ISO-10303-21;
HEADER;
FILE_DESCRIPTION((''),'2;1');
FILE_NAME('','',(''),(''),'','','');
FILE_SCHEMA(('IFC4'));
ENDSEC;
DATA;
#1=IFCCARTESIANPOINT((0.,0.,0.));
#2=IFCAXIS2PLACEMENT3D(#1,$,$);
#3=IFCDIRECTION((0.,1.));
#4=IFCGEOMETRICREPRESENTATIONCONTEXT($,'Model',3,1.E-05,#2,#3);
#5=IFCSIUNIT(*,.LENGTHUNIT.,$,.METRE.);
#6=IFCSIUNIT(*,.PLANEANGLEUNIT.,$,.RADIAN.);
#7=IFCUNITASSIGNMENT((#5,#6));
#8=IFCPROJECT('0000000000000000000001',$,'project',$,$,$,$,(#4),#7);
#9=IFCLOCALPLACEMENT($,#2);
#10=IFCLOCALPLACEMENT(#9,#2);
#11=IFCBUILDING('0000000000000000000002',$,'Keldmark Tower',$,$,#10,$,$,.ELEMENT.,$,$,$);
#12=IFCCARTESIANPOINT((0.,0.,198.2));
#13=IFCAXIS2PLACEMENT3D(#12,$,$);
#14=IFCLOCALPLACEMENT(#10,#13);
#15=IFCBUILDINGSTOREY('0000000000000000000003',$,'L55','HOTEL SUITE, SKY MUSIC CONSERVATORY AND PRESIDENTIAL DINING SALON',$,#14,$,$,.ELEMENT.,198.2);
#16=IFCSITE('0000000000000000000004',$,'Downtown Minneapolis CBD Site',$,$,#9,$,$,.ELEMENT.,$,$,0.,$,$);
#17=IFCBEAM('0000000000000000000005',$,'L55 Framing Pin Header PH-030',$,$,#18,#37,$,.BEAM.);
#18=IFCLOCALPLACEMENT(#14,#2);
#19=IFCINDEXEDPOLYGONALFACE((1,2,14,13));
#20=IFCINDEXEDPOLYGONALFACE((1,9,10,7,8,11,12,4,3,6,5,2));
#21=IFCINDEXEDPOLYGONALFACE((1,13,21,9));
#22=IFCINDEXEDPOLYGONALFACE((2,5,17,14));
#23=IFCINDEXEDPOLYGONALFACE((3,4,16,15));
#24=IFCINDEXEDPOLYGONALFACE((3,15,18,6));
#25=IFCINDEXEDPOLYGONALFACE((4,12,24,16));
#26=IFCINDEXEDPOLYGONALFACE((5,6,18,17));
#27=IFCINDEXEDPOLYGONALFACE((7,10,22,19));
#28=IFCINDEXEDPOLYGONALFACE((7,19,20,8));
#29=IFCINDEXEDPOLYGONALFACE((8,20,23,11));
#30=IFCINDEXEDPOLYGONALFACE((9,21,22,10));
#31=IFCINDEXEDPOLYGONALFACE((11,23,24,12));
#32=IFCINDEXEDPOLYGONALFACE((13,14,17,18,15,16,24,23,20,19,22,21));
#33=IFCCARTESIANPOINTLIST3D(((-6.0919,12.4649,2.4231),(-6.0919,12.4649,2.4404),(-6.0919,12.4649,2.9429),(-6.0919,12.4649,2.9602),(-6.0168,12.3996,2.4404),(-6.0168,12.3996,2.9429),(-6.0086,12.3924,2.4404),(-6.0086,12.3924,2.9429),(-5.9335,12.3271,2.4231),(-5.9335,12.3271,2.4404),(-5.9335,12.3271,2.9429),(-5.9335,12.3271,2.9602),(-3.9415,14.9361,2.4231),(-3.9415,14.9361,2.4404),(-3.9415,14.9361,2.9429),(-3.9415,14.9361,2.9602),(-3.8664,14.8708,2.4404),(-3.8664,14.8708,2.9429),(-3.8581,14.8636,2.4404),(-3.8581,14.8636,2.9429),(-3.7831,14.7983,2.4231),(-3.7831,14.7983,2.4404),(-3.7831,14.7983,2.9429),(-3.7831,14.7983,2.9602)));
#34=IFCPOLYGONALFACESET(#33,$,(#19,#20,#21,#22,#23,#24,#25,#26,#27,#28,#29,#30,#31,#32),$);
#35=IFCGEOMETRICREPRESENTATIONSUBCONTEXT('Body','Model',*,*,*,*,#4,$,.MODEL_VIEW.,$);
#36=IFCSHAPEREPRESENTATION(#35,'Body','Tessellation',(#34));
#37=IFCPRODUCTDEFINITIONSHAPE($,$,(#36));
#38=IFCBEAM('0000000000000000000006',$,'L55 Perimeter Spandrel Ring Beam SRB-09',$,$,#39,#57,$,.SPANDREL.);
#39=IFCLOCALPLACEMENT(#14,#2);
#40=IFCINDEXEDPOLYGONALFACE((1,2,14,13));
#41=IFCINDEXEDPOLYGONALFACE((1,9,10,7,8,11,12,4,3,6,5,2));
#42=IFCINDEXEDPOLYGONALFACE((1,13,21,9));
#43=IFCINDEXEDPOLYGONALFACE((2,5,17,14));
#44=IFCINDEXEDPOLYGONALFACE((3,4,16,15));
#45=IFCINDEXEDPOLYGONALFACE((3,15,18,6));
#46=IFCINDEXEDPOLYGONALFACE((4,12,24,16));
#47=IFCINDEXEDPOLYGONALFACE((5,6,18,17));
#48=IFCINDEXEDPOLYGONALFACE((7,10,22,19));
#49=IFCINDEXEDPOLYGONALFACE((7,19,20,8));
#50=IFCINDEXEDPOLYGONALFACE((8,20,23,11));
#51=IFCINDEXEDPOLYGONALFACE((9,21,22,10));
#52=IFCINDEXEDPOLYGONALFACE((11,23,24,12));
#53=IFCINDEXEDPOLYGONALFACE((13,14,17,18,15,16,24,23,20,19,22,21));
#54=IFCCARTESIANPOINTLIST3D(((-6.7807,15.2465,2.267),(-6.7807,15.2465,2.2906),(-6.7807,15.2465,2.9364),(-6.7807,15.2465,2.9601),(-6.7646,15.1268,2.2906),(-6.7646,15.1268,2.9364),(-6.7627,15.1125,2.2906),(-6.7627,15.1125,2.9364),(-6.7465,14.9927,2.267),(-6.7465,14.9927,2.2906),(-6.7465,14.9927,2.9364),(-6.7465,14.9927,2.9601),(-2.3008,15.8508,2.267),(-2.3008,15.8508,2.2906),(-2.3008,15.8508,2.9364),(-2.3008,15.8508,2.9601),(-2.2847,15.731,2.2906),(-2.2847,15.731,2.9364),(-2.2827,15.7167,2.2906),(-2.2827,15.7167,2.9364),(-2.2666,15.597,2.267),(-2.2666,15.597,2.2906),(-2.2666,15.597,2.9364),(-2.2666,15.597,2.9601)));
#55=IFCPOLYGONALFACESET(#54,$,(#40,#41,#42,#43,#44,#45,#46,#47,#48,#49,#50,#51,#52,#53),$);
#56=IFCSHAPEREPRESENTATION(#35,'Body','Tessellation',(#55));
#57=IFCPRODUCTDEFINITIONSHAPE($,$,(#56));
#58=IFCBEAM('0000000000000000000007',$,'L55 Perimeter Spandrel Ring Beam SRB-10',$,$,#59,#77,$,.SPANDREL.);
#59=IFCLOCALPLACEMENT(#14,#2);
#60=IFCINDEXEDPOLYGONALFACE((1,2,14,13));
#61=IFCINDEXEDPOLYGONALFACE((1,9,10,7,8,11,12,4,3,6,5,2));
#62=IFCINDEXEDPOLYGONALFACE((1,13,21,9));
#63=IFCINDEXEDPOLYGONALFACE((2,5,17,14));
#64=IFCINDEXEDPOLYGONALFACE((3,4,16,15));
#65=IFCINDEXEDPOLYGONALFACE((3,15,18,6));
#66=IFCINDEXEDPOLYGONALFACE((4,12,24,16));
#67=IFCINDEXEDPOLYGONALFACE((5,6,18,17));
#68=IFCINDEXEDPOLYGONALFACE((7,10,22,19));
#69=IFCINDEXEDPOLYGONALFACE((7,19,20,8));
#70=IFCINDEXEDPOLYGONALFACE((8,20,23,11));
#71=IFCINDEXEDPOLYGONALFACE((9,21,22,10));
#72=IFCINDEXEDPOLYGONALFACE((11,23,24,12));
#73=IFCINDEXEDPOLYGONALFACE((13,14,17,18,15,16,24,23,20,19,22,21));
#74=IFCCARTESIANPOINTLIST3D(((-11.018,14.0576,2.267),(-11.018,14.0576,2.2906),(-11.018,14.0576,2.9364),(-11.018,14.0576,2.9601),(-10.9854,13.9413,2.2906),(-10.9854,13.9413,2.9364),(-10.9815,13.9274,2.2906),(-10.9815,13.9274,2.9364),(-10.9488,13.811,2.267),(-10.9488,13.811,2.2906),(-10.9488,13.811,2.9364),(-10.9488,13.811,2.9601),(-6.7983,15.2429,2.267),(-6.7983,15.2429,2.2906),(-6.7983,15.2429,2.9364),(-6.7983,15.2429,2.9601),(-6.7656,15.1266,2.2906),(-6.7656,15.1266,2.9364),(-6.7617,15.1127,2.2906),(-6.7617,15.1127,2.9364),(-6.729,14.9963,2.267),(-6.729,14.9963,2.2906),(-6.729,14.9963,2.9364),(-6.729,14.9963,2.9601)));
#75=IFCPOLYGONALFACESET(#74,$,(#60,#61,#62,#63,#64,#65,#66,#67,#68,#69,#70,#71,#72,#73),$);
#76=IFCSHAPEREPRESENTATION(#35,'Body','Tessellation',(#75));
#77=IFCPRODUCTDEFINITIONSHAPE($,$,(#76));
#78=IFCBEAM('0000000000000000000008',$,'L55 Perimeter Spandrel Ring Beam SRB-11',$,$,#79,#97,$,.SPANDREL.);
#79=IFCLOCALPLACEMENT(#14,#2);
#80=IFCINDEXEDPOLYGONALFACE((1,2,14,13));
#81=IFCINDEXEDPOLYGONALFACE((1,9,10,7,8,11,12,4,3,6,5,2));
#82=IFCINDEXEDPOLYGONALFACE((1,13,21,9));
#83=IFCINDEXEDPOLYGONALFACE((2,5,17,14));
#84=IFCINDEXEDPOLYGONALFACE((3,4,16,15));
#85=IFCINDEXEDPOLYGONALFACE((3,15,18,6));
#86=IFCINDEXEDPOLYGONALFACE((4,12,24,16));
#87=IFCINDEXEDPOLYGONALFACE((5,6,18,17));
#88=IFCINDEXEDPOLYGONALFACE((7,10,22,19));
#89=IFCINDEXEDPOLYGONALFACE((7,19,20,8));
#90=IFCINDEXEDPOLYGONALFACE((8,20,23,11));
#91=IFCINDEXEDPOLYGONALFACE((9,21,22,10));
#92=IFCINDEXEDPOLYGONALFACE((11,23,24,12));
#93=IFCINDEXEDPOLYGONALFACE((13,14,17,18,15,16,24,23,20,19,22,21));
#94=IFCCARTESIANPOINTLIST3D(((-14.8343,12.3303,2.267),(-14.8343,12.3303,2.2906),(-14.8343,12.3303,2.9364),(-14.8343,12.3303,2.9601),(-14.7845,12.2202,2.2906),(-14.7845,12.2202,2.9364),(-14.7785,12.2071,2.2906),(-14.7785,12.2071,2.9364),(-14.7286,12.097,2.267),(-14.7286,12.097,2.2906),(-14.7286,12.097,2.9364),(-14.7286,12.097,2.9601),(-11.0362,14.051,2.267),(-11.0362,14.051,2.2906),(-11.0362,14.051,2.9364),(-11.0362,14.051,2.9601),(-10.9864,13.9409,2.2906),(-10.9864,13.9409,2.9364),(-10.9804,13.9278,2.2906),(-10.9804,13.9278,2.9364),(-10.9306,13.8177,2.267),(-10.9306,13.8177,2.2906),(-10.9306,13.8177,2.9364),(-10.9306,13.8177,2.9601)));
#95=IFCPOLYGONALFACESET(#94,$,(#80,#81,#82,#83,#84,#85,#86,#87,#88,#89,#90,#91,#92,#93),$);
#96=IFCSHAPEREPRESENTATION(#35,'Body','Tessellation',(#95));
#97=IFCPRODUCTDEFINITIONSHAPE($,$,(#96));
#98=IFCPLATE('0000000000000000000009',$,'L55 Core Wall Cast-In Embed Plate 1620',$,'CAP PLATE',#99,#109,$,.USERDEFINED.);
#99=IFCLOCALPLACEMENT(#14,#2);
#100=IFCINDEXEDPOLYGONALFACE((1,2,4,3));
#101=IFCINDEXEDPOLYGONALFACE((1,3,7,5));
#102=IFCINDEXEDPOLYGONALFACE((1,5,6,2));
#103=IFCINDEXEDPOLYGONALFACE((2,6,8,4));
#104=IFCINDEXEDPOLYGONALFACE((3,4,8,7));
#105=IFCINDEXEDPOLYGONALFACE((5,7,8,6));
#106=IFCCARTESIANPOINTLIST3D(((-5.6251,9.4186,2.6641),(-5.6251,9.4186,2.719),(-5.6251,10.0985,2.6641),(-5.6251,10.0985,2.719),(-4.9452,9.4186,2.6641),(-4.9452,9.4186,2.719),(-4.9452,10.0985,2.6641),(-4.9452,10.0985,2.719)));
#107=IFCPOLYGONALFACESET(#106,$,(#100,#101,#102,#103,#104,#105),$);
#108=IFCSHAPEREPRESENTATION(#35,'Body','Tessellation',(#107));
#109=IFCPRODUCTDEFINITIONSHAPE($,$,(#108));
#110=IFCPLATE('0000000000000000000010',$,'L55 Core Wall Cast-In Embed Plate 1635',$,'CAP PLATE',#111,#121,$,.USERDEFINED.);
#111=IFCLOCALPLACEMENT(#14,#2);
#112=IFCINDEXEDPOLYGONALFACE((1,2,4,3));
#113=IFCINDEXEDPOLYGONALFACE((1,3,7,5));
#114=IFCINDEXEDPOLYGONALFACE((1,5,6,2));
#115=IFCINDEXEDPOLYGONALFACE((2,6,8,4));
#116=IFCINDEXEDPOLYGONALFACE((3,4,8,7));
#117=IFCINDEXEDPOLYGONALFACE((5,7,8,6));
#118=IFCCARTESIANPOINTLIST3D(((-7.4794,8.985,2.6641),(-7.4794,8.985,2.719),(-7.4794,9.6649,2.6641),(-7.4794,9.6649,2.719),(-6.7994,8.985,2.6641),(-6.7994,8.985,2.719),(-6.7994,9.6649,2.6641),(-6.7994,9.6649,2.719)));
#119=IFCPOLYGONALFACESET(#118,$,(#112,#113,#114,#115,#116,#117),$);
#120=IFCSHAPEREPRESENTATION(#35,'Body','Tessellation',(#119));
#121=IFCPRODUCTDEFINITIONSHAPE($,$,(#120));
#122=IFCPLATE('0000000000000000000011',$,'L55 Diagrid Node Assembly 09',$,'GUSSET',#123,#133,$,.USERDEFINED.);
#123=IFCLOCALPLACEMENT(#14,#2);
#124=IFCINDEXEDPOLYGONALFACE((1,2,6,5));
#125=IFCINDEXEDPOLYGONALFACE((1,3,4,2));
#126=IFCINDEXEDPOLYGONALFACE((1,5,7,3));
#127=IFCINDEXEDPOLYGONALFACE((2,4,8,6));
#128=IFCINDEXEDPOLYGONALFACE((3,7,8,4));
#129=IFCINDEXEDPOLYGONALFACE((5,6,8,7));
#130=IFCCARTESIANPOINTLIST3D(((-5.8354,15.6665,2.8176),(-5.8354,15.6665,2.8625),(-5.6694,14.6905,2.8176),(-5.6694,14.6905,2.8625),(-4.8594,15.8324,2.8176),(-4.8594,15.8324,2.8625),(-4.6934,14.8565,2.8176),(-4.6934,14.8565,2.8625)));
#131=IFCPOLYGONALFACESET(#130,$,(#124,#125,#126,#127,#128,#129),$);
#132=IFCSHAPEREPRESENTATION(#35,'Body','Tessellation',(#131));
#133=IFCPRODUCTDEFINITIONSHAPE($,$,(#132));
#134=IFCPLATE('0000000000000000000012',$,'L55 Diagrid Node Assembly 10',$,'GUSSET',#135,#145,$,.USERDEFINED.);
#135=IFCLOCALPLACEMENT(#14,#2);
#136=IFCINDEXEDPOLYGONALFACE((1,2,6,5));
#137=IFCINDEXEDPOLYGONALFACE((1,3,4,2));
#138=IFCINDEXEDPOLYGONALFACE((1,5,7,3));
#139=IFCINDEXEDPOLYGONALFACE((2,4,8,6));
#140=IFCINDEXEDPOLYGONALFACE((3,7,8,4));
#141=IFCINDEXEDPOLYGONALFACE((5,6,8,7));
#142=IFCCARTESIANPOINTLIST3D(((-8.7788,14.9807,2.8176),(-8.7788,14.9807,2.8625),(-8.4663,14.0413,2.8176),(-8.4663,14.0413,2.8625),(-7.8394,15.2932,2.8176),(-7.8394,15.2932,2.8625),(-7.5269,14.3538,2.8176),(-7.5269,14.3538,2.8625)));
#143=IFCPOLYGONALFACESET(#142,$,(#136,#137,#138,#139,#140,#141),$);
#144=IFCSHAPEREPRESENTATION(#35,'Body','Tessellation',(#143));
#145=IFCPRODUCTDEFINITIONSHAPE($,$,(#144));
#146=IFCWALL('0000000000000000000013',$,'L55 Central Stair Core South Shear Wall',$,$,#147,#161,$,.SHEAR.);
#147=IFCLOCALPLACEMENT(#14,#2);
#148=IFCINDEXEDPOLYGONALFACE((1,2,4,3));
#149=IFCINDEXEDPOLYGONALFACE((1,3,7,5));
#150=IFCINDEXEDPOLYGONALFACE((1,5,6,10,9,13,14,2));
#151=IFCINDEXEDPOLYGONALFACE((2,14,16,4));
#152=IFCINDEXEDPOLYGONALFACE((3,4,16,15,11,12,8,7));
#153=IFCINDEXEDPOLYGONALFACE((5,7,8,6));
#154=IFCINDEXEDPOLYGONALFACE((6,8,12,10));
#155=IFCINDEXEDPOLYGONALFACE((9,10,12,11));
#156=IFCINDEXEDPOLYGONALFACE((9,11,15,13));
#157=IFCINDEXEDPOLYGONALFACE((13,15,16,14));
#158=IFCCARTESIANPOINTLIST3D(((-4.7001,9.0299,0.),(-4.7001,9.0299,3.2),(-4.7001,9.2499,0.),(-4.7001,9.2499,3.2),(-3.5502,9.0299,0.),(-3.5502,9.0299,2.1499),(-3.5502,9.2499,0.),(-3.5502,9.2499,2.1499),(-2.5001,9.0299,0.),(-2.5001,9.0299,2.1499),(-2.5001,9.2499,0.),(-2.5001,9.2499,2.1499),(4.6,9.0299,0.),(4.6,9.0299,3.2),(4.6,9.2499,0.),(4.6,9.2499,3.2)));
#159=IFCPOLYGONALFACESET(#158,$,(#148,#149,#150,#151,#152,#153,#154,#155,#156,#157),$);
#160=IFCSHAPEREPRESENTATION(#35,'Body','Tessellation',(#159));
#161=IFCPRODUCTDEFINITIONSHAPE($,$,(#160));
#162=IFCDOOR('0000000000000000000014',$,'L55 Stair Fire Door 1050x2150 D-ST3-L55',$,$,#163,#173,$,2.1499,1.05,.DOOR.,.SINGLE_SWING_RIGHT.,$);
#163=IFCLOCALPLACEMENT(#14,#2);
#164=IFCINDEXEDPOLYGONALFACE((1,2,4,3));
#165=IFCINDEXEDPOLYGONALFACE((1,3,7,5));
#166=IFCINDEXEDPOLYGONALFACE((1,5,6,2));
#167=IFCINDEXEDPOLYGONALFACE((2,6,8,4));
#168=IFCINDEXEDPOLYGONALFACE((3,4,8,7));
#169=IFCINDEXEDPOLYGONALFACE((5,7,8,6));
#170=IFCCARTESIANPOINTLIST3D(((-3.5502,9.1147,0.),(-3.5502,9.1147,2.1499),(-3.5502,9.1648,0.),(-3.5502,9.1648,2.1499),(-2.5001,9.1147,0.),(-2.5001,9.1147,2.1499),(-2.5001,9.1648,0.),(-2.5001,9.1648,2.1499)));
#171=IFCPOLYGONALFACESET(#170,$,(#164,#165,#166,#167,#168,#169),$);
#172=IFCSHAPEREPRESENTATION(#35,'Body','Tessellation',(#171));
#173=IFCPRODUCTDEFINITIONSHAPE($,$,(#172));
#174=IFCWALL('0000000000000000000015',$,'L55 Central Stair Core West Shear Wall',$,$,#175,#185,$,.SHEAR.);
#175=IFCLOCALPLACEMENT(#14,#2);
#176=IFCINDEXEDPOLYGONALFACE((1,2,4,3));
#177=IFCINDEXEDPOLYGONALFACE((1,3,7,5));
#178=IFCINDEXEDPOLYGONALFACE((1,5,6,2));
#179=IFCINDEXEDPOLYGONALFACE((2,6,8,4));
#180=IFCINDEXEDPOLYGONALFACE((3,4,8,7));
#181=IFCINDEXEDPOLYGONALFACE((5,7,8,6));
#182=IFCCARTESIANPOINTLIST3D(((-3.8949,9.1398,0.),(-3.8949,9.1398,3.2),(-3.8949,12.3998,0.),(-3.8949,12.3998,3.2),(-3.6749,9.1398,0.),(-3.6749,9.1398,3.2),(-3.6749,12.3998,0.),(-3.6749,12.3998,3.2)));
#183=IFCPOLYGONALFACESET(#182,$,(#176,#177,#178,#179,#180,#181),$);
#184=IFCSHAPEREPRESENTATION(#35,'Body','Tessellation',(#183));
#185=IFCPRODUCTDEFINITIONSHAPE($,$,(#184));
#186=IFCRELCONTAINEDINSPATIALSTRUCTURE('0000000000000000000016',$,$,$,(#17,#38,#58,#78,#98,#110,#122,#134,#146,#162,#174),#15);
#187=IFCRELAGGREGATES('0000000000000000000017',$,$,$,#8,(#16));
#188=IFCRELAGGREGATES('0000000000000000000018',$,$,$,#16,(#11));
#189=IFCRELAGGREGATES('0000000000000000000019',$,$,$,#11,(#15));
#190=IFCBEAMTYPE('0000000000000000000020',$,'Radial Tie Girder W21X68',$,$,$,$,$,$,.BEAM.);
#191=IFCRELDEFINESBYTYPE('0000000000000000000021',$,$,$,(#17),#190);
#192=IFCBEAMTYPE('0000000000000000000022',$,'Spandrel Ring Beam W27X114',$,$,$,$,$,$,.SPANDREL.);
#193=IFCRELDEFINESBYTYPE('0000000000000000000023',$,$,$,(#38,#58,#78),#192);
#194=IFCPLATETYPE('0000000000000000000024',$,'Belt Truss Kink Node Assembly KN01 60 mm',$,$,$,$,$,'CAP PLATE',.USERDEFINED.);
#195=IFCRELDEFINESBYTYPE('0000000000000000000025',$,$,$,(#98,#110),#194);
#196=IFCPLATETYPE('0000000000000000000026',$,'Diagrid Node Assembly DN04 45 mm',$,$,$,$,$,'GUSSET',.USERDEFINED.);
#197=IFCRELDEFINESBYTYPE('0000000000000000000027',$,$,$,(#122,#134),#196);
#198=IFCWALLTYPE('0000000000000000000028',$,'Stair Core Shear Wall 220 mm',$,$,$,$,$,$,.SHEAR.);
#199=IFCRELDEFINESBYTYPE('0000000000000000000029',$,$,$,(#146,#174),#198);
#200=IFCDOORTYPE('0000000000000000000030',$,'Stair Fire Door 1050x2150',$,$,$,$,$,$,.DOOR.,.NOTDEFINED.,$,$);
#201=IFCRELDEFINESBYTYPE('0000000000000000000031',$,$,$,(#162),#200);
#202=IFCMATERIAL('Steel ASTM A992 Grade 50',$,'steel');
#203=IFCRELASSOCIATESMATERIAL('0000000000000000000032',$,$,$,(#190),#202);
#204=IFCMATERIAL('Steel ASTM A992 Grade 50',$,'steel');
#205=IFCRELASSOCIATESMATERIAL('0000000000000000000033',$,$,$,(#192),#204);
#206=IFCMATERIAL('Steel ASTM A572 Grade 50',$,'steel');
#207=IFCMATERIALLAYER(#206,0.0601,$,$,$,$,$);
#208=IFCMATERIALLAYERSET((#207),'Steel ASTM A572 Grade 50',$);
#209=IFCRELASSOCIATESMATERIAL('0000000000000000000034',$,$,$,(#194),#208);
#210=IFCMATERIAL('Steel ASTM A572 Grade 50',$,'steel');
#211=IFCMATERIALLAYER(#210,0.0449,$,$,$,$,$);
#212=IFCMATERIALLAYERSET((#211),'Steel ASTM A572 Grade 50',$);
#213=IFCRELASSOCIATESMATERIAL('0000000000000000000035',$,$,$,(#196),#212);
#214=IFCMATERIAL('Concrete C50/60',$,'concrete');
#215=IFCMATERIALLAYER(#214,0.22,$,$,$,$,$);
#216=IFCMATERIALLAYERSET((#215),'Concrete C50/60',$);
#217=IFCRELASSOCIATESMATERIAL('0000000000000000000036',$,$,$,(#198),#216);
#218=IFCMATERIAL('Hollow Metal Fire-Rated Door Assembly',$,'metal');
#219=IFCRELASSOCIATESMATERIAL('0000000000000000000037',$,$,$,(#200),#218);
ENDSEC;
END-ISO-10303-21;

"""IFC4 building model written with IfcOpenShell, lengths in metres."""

from ifc_helpers import new_model, si_unit, direction, frame, frame_2d, origin, origin_2d, place, context, subcontext, project, spatial, rectangle, i_section, extrude, material, layer, layer_set, material_profile, profile_set, type_object, element, fill, save


model = new_model("IFC4")

# Units and contexts
model_context = context("Model", 3, precision=1e-05, world=origin(), true_north=direction((0.0, 1.0)))
body_context = subcontext(model_context, "Body", "Model", "MODEL_VIEW")
ifc_project = project(units=[si_unit("LENGTHUNIT", "METRE"), si_unit("PLANEANGLEUNIT", "RADIAN")], contexts=[model_context])

# Site, building, storey
site_placement = place(None, origin())
site = spatial("IfcSite", under=ifc_project, at=site_placement, Name="Downtown Minneapolis CBD Site", CompositionType="ELEMENT", RefElevation=0.0)
building_placement = place(site_placement, origin())
building = spatial("IfcBuilding", under=site, at=building_placement, Name="Keldmark Tower", CompositionType="ELEMENT")
storey_placement = place(building_placement, frame((0.0, 0.0, 198.2)))
storey = spatial("IfcBuildingStorey", under=building, at=storey_placement, Name="L55", Description="HOTEL SUITE, SKY MUSIC CONSERVATORY AND PRESIDENTIAL DINING SALON", CompositionType="ELEMENT", Elevation=198.2)

# Beams
ifc_material_1 = material(Name="Steel ASTM A992 Grade 50", Category="steel")
ifc_material_profile_1 = material_profile(ifc_material_1, i_section(OverallWidth=0.21, OverallDepth=0.5371, WebThickness=0.011, FlangeThickness=0.0173, at=origin_2d()), Name="W21X68")
ifc_profile_set_1 = profile_set([ifc_material_profile_1], Name="Steel ASTM A992 Grade 50")
beam_type_1 = type_object("IfcBeamType", Name="Radial Tie Girder W21X68", PredefinedType="BEAM", material=ifc_profile_set_1)
beam_1_placement = place(storey_placement, frame((-6.0127, 12.396, 2.6917), z_axis=(0.656444, 0.754374, 0.0), x_axis=(-0.754374, 0.656444, 0.0)))
element("IfcBeam", 1, at=beam_1_placement, inside=storey, type_object=beam_type_1, Name="L55 Framing Pin Header PH-030", PredefinedType="BEAM", context=body_context, shape_type="SweptSolid", body=[
    extrude(i_section(OverallWidth=0.21, OverallDepth=0.5371, WebThickness=0.011, FlangeThickness=0.0173, at=origin_2d()), origin(), (0.0, 0.0, 1.0), 3.2759),
])
ifc_material_2 = material(Name="Steel ASTM A992 Grade 50", Category="steel")
ifc_material_profile_2 = material_profile(ifc_material_2, i_section(OverallWidth=0.2561, OverallDepth=0.6931, WebThickness=0.0144, FlangeThickness=0.0237, at=origin_2d()), Name="W27X114")
ifc_profile_set_2 = profile_set([ifc_material_profile_2], Name="Steel ASTM A992 Grade 50")
beam_type_2 = type_object("IfcBeamType", Name="Spandrel Ring Beam W27X114", PredefinedType="SPANDREL", material=ifc_profile_set_2)
beam_2_placement = place(storey_placement, frame((-2.2837, 15.7239, 2.6135), z_axis=(-0.991026, -0.133667, 0.0), x_axis=(0.133667, -0.991026, 0.0)))
element("IfcBeam", 2, at=beam_2_placement, inside=storey, type_object=beam_type_2, Name="L55 Perimeter Spandrel Ring Beam SRB-09", PredefinedType="SPANDREL", context=body_context, shape_type="SweptSolid", body=[
    extrude(i_section(OverallWidth=0.2561, OverallDepth=0.6931, WebThickness=0.0144, FlangeThickness=0.0237, at=origin_2d()), origin(), (0.0, 0.0, 1.0), 4.5205),
])
beam_3_placement = place(storey_placement, frame((-6.7637, 15.1196, 2.6135), z_axis=(-0.96274, -0.270429, 0.0), x_axis=(0.270429, -0.96274, 0.0)))
element("IfcBeam", 3, at=beam_3_placement, inside=storey, type_object=beam_type_2, Name="L55 Perimeter Spandrel Ring Beam SRB-10", PredefinedType="SPANDREL", context=body_context, shape_type="SweptSolid", body=[
    extrude(i_section(OverallWidth=0.2561, OverallDepth=0.6931, WebThickness=0.0144, FlangeThickness=0.0237, at=origin_2d()), origin(), (0.0, 0.0, 1.0), 4.3831),
])
beam_4_placement = place(storey_placement, frame((-10.9834, 13.9343, 2.6135), z_axis=(-0.910881, -0.412669, 0.0), x_axis=(0.412669, -0.910881, 0.0)))
element("IfcBeam", 4, at=beam_4_placement, inside=storey, type_object=beam_type_2, Name="L55 Perimeter Spandrel Ring Beam SRB-11", PredefinedType="SPANDREL", context=body_context, shape_type="SweptSolid", body=[
    extrude(i_section(OverallWidth=0.2561, OverallDepth=0.6931, WebThickness=0.0144, FlangeThickness=0.0237, at=origin_2d()), origin(), (0.0, 0.0, 1.0), 4.1697),
])

# Plates
ifc_material_3 = material(Name="Steel ASTM A572 Grade 50", Category="steel")
ifc_layer_1 = layer(ifc_material_3, 0.0601)
ifc_layer_set_1 = layer_set([ifc_layer_1], Name="Steel ASTM A572 Grade 50")
plate_type_1 = type_object("IfcPlateType", Name="Belt Truss Kink Node Assembly KN01 60 mm", ElementType="CAP PLATE", PredefinedType="USERDEFINED", material=ifc_layer_set_1)
for number, where, z_axis, x_axis, name in (
    (5, (-5.2852, 9.7585, 2.6641), (0.0, 0.0, 1.0), (1.0, 0.0, 0.0), "L55 Core Wall Cast-In Embed Plate 1620"),
    (6, (-7.1394, 9.325, 2.6641), (0.0, 0.0, 1.0), (1.0, 0.0, 0.0), "L55 Core Wall Cast-In Embed Plate 1635"),
):
    element("IfcPlate", number, at=place(storey_placement, frame(where, z_axis=z_axis, x_axis=x_axis)), inside=storey, type_object=plate_type_1, Name=name, ObjectType="CAP PLATE", PredefinedType="USERDEFINED", context=body_context, shape_type="SweptSolid", body=[
        extrude(rectangle(XDim=0.6799, YDim=0.6799, at=origin_2d()), origin(), (0.0, 0.0, 1.0), 0.0549),
    ])
ifc_material_4 = material(Name="Steel ASTM A572 Grade 50", Category="steel")
ifc_layer_2 = layer(ifc_material_4, 0.0449)
ifc_layer_set_2 = layer_set([ifc_layer_2], Name="Steel ASTM A572 Grade 50")
plate_type_2 = type_object("IfcPlateType", Name="Diagrid Node Assembly DN04 45 mm", ElementType="GUSSET", PredefinedType="USERDEFINED", material=ifc_layer_set_2)
for number, where, z_axis, x_axis, name in (
    (7, (-5.2644, 15.2615, 2.8176), (0.0, 0.0, 1.0), (-0.98585, -0.167629, 0.0), "L55 Diagrid Node Assembly 09"),
    (8, (-8.1528, 14.6672, 2.8176), (0.0, 0.0, 1.0), (-0.948876, -0.315649, 0.0), "L55 Diagrid Node Assembly 10"),
):
    element("IfcPlate", number, at=place(storey_placement, frame(where, z_axis=z_axis, x_axis=x_axis)), inside=storey, type_object=plate_type_2, Name=name, ObjectType="GUSSET", PredefinedType="USERDEFINED", context=body_context, shape_type="SweptSolid", body=[
        extrude(rectangle(XDim=0.99, YDim=0.99, at=origin_2d()), origin(), (0.0, 0.0, 1.0), 0.0449),
    ])

# Wall, opening, door
ifc_material_5 = material(Name="Concrete C50/60", Category="concrete")
ifc_layer_3 = layer(ifc_material_5, 0.22)
ifc_layer_set_3 = layer_set([ifc_layer_3], Name="Concrete C50/60")
wall_type_1 = type_object("IfcWallType", Name="Stair Core Shear Wall 220 mm", PredefinedType="SHEAR", material=ifc_layer_set_3)
wall_1_placement = place(storey_placement, frame((-4.7, 9.1399, 0.0), z_axis=(0.0, 0.0, 1.0), x_axis=(1.0, 0.0, 0.0)))
wall_1 = element("IfcWall", 9, at=wall_1_placement, inside=storey, type_object=wall_type_1, Name="L55 Central Stair Core South Shear Wall", PredefinedType="SHEAR", context=body_context, shape_type="SweptSolid", body=[
    extrude(rectangle(XDim=9.3, YDim=0.22, at=frame_2d((4.6499, 0.0))), origin(), (0.0, 0.0, 1.0), 3.2),
])
opening_1_placement = place(wall_1_placement, frame((1.1499, 0.0, 0.0)))
opening_1 = element("IfcOpeningElement", 10, at=opening_1_placement, cuts=wall_1, PredefinedType="OPENING", context=body_context, shape_type="SweptSolid", body=[
    extrude(rectangle(XDim=1.05, YDim=2.1499, at=frame_2d((0.5249, 1.075))), frame((0.0, 0.1199, 0.0), z_axis=(0.0, -1.0, 0.0), x_axis=(1.0, 0.0, 0.0)), (0.0, 0.0, 1.0), 0.24),
])
ifc_material_6 = material(Name="Hollow Metal Fire-Rated Door Assembly", Category="metal")
door_type = type_object("IfcDoorType", Name="Stair Fire Door 1050x2150", OperationType="NOTDEFINED", PredefinedType="DOOR", material=ifc_material_6)
door_placement = place(opening_1_placement, origin())
door = element("IfcDoor", 11, at=door_placement, inside=storey, type_object=door_type, Name="L55 Stair Fire Door 1050x2150 D-ST3-L55", OperationType="SINGLE_SWING_RIGHT", OverallHeight=2.1499, OverallWidth=1.05, PredefinedType="DOOR", context=body_context, shape_type="SweptSolid", body=[
    extrude(rectangle(XDim=1.05, YDim=2.1499, at=frame_2d((0.5249, 1.075))), frame((0.0, 0.0249, 0.0), z_axis=(0.0, -1.0, 0.0), x_axis=(1.0, 0.0, 0.0)), (0.0, 0.0, 1.0), 0.05),
])
fill(opening_1, door)

# Wall
wall_2_placement = place(storey_placement, frame((-3.7849, 9.1399, 0.0), z_axis=(0.0, 0.0, 1.0), x_axis=(0.0, 1.0, 0.0)))
element("IfcWall", 12, at=wall_2_placement, inside=storey, type_object=wall_type_1, Name="L55 Central Stair Core West Shear Wall", PredefinedType="SHEAR", context=body_context, shape_type="SweptSolid", body=[
    extrude(rectangle(XDim=3.26, YDim=0.22, at=frame_2d((1.6299, 0.0))), origin(), (0.0, 0.0, 1.0), 3.2),
])

save(model, "model.ifc")
